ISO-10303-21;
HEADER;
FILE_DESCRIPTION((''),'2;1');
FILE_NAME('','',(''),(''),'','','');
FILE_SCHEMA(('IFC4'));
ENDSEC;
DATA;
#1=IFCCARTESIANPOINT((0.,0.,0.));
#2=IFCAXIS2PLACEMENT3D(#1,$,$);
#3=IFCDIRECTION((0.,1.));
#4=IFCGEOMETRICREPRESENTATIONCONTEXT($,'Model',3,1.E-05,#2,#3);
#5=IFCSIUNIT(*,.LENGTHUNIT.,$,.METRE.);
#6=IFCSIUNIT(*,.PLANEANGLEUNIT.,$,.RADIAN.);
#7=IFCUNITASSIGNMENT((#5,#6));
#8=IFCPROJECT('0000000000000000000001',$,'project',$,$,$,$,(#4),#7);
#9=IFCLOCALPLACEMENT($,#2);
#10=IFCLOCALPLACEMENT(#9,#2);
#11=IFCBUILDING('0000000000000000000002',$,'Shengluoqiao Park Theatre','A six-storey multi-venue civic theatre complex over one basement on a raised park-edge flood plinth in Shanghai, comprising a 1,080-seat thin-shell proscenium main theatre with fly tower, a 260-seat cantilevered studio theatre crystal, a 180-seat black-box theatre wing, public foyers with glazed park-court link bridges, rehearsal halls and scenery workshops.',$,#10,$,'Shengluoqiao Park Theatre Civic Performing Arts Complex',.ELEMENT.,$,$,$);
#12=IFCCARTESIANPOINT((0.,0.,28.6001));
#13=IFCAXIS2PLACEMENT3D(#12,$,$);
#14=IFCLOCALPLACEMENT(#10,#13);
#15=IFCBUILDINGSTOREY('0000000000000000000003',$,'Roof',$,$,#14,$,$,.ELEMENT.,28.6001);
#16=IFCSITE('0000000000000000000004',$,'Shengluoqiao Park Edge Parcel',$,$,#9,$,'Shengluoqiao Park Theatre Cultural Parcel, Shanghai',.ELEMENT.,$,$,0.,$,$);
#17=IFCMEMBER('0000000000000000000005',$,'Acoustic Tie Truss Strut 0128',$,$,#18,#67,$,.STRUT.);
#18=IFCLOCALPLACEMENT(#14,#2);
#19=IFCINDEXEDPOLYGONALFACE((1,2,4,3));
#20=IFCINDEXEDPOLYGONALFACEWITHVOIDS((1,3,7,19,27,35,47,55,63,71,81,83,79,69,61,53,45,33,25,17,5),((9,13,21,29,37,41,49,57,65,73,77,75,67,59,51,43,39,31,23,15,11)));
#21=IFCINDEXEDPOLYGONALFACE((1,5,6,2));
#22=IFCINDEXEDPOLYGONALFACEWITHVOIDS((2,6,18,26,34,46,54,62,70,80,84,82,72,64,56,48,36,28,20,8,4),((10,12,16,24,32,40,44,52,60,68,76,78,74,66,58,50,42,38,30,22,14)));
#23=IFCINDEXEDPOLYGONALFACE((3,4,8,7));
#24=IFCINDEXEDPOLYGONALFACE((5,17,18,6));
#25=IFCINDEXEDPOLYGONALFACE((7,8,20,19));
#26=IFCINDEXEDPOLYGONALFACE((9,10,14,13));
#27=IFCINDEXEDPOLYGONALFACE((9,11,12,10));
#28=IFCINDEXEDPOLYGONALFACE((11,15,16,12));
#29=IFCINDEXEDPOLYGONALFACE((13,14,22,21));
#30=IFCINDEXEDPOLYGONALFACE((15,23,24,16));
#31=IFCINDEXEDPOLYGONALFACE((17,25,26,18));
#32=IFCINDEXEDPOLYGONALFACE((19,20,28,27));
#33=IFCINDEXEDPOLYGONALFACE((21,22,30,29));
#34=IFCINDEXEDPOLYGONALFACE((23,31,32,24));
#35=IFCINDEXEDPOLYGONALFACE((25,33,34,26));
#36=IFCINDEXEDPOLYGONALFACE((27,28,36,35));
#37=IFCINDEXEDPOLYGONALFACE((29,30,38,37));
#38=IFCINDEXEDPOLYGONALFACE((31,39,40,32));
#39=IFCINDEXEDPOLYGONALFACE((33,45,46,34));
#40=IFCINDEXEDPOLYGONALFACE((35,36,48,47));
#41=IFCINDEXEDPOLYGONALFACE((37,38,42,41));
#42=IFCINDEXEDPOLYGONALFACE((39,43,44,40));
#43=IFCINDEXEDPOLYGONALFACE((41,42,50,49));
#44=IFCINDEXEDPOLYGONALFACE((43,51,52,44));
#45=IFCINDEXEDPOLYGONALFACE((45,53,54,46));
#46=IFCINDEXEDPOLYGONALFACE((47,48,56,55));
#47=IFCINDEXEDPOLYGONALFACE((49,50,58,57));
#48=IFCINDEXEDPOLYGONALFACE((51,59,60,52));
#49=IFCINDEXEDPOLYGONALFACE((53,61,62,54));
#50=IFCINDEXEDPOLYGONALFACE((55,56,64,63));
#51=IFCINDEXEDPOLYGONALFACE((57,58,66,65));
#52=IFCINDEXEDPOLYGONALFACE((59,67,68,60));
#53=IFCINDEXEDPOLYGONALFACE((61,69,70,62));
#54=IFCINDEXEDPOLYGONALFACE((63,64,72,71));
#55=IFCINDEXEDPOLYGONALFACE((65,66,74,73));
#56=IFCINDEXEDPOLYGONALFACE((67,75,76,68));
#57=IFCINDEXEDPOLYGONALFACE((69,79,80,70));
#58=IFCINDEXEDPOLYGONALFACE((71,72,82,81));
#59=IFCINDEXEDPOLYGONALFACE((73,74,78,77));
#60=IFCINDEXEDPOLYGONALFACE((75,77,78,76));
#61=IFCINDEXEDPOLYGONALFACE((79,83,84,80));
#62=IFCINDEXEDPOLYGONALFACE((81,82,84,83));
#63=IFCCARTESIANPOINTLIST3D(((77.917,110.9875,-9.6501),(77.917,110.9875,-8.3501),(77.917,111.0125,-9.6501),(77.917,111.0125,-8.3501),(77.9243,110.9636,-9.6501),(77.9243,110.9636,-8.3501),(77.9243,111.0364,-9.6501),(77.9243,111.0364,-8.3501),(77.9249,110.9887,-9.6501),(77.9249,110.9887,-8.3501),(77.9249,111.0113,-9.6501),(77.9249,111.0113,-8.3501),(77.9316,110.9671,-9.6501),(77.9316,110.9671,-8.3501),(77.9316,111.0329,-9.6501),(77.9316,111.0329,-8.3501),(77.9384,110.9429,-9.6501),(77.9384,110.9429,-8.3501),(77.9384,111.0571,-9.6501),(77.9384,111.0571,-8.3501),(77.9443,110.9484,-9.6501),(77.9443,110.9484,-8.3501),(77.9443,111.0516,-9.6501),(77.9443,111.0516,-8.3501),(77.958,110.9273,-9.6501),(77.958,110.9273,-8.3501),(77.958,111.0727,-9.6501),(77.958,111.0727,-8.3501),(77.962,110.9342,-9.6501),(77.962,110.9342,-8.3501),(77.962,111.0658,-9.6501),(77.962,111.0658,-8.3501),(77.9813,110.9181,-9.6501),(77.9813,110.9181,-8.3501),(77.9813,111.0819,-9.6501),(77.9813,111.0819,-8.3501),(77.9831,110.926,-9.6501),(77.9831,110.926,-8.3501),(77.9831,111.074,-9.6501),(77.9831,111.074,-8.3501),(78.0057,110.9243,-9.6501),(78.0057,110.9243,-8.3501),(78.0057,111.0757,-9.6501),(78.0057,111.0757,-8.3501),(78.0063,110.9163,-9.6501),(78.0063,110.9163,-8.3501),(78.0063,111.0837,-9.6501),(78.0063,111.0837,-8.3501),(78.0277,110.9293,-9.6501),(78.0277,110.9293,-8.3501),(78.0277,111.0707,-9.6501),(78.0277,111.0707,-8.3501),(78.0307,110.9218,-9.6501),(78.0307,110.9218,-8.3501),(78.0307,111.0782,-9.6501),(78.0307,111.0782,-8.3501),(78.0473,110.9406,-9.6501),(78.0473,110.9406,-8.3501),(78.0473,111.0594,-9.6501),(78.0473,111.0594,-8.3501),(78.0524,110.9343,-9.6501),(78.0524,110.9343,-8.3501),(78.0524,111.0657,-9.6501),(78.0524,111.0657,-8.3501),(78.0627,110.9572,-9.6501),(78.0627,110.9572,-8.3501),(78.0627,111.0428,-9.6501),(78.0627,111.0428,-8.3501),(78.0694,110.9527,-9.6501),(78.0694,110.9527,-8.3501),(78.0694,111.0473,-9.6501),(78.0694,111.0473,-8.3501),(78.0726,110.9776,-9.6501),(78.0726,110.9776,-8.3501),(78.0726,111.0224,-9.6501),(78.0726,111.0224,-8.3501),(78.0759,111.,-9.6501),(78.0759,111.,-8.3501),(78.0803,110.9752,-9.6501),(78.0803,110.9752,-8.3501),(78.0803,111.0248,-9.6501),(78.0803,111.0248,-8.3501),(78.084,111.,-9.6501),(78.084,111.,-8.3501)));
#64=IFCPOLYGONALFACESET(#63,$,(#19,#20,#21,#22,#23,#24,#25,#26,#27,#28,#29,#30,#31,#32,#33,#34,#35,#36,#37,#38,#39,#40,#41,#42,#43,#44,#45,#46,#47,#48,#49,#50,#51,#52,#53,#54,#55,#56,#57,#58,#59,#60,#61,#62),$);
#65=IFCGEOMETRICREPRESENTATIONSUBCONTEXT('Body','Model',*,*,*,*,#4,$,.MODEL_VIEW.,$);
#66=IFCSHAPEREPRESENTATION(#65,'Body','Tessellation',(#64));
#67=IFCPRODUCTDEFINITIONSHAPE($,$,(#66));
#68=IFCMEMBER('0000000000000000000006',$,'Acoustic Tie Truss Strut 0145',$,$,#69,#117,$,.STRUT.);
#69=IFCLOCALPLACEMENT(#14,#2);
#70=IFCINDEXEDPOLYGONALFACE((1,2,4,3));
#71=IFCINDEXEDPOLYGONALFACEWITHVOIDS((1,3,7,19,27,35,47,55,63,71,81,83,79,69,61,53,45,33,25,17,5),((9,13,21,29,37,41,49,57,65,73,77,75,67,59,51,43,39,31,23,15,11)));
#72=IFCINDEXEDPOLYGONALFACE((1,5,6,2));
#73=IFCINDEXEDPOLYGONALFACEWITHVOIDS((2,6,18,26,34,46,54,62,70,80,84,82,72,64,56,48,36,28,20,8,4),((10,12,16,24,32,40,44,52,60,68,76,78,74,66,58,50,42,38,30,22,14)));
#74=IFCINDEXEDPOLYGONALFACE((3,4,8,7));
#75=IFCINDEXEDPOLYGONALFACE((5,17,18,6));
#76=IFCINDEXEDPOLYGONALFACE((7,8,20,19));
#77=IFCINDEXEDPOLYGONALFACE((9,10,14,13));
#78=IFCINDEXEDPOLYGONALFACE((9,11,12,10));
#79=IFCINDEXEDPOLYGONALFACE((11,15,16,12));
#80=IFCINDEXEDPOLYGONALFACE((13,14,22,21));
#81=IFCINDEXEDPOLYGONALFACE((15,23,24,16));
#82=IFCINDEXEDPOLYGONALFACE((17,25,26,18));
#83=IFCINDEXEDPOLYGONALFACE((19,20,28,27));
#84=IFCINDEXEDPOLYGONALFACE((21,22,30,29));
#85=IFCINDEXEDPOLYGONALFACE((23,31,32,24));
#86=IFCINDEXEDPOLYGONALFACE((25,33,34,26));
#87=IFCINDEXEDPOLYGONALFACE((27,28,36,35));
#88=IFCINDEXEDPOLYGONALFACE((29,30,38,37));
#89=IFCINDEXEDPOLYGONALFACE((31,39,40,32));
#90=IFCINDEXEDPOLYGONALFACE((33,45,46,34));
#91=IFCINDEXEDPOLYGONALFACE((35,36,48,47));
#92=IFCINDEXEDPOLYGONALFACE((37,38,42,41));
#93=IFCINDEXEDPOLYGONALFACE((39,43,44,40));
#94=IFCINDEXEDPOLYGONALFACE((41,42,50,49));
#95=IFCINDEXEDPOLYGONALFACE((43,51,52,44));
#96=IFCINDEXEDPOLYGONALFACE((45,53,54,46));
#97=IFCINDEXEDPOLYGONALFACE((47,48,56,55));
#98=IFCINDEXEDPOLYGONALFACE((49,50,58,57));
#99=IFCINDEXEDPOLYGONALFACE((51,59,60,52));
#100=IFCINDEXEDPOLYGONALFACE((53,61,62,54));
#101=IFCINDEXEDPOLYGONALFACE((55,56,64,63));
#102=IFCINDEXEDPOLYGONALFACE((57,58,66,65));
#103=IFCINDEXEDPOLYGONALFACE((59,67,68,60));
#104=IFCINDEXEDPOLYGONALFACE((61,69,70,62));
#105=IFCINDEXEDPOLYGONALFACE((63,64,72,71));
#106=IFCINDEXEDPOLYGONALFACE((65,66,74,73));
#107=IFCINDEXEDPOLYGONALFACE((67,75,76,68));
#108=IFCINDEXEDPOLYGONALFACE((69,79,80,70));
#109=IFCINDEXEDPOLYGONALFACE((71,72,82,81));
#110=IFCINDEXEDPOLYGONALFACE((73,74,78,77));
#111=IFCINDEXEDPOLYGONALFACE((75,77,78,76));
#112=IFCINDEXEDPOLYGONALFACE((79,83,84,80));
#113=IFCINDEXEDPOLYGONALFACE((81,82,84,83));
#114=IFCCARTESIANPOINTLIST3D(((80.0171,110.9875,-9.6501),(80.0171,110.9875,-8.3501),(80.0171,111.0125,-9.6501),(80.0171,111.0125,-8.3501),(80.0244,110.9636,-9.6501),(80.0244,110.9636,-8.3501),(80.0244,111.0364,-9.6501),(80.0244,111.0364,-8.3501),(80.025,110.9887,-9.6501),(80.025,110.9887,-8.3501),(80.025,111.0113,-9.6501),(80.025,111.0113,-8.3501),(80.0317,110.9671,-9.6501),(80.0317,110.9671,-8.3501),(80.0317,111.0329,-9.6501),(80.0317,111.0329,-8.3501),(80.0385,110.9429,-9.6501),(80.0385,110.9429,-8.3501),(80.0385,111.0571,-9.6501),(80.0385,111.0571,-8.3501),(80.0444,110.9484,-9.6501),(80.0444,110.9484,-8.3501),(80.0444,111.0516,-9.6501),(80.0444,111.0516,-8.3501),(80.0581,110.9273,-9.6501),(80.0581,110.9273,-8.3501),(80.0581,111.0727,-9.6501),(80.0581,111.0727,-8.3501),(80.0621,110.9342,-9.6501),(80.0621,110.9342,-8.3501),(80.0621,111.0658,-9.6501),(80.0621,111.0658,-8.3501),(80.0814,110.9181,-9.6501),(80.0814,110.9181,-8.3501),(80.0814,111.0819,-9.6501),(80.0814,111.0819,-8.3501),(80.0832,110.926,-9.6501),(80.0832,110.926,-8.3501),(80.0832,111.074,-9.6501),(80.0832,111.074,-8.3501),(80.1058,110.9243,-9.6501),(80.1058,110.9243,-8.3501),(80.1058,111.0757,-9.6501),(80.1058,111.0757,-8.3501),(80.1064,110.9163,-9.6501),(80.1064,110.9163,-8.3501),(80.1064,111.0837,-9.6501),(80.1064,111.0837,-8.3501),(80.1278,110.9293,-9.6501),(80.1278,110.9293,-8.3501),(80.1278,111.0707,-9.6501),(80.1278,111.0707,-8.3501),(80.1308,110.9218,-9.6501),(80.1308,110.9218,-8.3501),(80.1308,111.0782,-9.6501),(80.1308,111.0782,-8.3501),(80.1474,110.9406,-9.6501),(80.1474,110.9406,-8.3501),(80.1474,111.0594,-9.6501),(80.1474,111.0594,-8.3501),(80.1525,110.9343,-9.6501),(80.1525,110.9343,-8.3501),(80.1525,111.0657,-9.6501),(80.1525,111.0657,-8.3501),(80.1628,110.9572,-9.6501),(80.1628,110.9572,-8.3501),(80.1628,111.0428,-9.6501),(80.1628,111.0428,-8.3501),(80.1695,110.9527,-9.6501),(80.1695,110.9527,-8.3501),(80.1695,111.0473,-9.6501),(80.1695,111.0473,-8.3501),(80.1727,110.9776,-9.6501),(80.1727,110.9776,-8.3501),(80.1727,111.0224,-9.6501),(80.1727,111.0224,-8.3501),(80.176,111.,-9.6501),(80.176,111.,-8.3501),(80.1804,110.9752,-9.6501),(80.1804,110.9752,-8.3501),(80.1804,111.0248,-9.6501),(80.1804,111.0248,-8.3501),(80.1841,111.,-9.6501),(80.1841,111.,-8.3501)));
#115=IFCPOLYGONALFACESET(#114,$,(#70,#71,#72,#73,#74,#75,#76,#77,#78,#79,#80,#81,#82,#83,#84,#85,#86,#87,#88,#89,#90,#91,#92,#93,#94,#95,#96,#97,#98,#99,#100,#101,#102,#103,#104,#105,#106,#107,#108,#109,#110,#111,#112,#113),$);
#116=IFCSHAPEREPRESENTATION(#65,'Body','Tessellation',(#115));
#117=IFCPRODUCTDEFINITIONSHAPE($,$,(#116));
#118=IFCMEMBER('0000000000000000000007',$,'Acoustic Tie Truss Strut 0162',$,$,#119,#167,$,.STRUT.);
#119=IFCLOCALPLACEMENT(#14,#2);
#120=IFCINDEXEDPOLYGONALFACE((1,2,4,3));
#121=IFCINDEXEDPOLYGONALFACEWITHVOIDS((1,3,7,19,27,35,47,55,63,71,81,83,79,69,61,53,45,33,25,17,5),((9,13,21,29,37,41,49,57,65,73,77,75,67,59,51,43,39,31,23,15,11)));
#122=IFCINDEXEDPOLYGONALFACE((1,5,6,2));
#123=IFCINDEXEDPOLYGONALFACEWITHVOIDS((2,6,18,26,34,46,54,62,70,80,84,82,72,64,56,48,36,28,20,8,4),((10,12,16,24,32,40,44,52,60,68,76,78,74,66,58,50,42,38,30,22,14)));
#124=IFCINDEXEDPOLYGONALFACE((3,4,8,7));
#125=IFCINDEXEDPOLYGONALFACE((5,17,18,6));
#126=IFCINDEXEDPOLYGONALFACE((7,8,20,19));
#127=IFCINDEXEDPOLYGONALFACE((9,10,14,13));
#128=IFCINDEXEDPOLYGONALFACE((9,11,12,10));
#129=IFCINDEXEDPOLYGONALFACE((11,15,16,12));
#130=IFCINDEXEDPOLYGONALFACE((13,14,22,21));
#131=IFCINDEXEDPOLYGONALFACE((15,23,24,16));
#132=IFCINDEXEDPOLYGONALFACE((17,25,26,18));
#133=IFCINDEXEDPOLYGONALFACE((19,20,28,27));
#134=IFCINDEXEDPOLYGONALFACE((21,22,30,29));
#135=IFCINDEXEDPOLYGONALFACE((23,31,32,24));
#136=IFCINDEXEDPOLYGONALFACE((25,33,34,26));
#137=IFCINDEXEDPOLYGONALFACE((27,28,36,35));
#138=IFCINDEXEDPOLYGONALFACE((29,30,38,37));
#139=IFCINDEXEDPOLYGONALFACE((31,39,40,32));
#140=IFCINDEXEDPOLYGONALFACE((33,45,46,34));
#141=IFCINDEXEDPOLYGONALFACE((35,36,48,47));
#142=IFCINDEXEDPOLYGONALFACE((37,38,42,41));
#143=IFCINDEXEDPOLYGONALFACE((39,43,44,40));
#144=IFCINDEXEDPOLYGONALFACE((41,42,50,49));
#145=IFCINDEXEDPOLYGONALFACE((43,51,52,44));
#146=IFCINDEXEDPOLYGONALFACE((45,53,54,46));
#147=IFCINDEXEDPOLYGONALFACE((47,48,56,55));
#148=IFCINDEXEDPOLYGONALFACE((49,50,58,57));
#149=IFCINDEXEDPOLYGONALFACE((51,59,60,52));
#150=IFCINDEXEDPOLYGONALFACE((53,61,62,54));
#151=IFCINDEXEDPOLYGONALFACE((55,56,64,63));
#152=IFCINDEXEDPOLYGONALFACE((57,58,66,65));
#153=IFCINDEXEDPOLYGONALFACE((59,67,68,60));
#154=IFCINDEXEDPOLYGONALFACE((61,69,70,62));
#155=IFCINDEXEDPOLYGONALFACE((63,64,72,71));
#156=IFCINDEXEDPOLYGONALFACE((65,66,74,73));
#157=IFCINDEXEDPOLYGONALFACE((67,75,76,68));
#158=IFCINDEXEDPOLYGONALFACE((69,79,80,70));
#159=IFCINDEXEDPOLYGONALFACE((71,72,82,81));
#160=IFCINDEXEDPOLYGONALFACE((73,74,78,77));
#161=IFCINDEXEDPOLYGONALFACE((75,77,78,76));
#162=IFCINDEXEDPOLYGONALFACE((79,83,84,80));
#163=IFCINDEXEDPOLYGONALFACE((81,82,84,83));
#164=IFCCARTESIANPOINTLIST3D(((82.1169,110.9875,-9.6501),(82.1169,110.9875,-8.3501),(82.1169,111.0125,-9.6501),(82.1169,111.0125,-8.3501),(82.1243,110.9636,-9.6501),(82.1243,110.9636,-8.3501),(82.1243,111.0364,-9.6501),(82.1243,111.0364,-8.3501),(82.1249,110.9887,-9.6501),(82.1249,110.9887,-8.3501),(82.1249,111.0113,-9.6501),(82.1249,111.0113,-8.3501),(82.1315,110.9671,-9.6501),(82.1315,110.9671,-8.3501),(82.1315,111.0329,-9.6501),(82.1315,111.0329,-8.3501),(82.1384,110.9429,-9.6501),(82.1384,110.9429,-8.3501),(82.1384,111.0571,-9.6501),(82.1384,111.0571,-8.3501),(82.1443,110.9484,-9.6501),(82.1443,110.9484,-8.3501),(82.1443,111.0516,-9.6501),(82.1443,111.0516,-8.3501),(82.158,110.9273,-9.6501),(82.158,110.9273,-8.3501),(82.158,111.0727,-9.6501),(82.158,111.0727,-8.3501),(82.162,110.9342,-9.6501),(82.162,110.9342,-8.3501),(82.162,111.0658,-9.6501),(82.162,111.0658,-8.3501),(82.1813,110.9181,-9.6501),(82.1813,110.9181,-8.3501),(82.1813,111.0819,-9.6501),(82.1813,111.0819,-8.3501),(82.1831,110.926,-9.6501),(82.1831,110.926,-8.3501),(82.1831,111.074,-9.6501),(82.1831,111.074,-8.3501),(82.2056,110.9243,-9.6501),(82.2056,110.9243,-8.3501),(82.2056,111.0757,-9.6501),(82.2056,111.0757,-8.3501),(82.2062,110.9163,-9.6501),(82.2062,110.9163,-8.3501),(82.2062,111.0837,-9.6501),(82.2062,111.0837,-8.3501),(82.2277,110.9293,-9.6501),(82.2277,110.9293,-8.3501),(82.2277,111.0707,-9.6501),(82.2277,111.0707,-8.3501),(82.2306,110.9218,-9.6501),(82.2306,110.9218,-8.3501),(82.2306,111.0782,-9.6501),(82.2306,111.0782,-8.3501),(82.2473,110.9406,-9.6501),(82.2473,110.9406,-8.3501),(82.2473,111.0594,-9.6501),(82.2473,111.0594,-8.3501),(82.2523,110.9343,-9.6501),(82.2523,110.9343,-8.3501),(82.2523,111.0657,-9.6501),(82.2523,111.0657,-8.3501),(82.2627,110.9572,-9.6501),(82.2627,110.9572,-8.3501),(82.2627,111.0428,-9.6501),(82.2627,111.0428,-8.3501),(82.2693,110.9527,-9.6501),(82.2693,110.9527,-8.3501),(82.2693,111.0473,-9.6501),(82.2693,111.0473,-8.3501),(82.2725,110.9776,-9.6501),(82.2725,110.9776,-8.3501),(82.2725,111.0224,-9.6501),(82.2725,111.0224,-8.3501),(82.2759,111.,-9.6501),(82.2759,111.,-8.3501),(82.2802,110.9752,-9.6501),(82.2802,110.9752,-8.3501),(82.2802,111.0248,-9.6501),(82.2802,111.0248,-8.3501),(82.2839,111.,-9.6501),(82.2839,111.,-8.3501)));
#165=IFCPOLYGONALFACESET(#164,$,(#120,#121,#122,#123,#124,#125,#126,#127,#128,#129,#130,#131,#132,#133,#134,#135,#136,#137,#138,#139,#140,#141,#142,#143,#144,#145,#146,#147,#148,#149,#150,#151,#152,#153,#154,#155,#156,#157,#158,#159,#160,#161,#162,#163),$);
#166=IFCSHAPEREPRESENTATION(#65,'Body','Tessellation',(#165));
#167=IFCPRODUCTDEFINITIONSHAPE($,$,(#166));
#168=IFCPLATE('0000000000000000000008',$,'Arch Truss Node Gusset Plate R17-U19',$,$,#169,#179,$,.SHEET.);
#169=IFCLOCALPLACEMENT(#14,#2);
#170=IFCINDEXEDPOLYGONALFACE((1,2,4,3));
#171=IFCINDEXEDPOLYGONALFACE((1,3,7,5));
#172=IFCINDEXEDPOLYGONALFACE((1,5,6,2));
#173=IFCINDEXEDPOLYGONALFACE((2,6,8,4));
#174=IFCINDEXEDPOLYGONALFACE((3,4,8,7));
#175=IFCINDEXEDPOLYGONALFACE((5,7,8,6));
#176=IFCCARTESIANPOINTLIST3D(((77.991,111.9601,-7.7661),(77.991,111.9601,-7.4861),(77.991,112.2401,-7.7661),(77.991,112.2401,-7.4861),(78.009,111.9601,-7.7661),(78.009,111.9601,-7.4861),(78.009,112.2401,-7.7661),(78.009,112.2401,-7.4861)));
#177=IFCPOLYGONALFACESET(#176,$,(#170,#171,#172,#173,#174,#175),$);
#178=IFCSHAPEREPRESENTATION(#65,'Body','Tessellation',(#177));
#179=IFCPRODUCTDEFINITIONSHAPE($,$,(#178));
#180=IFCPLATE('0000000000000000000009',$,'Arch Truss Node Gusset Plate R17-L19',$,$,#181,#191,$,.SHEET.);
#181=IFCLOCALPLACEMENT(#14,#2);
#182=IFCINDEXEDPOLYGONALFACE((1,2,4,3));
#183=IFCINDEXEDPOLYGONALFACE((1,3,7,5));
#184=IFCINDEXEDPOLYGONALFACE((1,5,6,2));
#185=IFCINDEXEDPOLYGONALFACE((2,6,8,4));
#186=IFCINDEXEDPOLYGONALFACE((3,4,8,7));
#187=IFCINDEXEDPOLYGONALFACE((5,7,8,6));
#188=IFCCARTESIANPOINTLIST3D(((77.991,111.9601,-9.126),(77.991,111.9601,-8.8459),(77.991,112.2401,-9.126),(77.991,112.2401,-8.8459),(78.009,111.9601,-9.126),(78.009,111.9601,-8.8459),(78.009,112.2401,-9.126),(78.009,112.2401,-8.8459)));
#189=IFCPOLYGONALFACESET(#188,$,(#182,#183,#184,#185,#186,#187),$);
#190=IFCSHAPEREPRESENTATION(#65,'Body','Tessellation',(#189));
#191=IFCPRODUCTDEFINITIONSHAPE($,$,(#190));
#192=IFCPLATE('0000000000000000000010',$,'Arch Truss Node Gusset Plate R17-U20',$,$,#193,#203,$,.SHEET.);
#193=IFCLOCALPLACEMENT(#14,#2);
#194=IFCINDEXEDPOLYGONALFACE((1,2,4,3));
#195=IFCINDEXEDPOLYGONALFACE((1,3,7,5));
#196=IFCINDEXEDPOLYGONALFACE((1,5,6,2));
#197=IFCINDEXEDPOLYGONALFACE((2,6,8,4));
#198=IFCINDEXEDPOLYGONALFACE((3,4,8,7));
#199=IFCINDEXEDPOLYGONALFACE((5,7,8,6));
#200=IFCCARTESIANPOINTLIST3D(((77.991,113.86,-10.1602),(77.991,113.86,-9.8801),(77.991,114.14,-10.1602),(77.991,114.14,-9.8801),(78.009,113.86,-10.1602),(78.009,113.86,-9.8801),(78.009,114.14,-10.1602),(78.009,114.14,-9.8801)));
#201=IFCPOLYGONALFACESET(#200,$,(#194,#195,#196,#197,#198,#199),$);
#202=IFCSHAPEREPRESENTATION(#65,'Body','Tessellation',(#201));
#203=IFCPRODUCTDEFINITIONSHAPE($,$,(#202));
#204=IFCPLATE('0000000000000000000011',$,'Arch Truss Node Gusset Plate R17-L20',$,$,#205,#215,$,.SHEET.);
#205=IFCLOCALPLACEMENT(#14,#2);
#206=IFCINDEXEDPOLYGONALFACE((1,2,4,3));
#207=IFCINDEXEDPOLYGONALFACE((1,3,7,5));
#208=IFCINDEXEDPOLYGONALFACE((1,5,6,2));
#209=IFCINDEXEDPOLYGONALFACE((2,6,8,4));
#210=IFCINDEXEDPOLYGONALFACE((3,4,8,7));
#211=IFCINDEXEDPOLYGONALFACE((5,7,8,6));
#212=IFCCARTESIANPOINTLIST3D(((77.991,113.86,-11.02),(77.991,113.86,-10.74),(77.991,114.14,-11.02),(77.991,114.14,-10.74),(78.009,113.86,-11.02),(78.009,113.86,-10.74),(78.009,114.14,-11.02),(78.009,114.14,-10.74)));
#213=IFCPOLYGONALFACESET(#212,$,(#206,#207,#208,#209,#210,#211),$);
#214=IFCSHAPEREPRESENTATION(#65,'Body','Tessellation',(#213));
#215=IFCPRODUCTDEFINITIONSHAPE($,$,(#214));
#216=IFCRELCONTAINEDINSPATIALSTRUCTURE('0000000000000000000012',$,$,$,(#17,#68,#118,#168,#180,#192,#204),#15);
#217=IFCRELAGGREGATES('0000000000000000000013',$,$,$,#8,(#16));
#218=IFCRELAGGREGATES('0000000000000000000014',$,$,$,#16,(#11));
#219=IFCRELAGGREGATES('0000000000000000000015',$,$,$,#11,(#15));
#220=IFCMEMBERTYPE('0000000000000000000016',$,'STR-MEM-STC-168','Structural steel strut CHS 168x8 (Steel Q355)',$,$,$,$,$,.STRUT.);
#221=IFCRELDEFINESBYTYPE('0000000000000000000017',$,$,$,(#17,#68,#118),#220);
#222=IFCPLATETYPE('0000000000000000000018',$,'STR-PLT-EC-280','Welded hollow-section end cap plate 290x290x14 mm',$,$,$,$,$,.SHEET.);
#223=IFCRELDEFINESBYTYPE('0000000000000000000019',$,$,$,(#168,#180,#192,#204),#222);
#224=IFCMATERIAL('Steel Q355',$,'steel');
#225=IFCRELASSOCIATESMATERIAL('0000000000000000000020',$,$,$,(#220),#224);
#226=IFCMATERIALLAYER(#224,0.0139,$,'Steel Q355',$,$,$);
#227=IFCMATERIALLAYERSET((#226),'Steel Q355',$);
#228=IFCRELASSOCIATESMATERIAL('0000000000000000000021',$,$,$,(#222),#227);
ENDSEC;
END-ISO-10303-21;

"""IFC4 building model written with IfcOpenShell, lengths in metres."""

from ifc_helpers import new_model, si_unit, direction, frame, origin, origin_2d, place, context, subcontext, project, spatial, rectangle, hollow_circle, extrude, material, layer, layer_set, material_profile, profile_set, type_object, element, save


model = new_model("IFC4")

# Units and contexts
model_context = context("Model", 3, precision=1e-05, world=origin(), true_north=direction((0.0, 1.0)))
body_context = subcontext(model_context, "Body", "Model", "MODEL_VIEW")
ifc_project = project(units=[si_unit("LENGTHUNIT", "METRE"), si_unit("PLANEANGLEUNIT", "RADIAN")], contexts=[model_context])

# Site, building, storey
site_placement = place(None, origin())
site = spatial("IfcSite", under=ifc_project, at=site_placement, Name="Shengluoqiao Park Edge Parcel", LongName="Shengluoqiao Park Theatre Cultural Parcel, Shanghai", CompositionType="ELEMENT", RefElevation=0.0)
building_placement = place(site_placement, origin())
building = spatial("IfcBuilding", under=site, at=building_placement, Name="Shengluoqiao Park Theatre", Description="A six-storey multi-venue civic theatre complex over one basement on a raised park-edge flood plinth in Shanghai, comprising a 1,080-seat thin-shell proscenium main theatre with fly tower, a 260-seat cantilevered studio theatre crystal, a 180-seat black-box theatre wing, public foyers with glazed park-court link bridges, rehearsal halls and scenery workshops.", LongName="Shengluoqiao Park Theatre Civic Performing Arts Complex", CompositionType="ELEMENT")
storey_placement = place(building_placement, frame((0.0, 0.0, 28.6001)))
storey = spatial("IfcBuildingStorey", under=building, at=storey_placement, Name="Roof", CompositionType="ELEMENT", Elevation=28.6001)

# Shared definitions
ifc_material_1 = material(Name="Steel Q355", Category="steel")

# Members
ifc_material_profile_1 = material_profile(ifc_material_1, hollow_circle(Radius=0.084, WallThickness=0.0081, at=origin_2d()), Name="CHS 168x8")
ifc_profile_set_1 = profile_set([ifc_material_profile_1], Name="Steel Q355")
member_type_1 = type_object("IfcMemberType", Name="STR-MEM-STC-168", Description="Structural steel strut CHS 168x8 (Steel Q355)", PredefinedType="STRUT", material=ifc_profile_set_1)
for number, where, z_axis, x_axis, name in (
    (1, (78.0, 111.0, -9.6501), (0.0, 0.0, 1.0), (1.0, 0.0, 0.0), "Acoustic Tie Truss Strut 0128"),
    (2, (80.1001, 111.0, -9.6501), (0.0, 0.0, 1.0), (1.0, 0.0, 0.0), "Acoustic Tie Truss Strut 0145"),
    (3, (82.2, 111.0, -9.6501), (0.0, 0.0, 1.0), (1.0, 0.0, 0.0), "Acoustic Tie Truss Strut 0162"),
):
    element("IfcMember", number, at=place(storey_placement, frame(where, z_axis=z_axis, x_axis=x_axis)), inside=storey, type_object=member_type_1, Name=name, PredefinedType="STRUT", context=body_context, shape_type="SweptSolid", body=[
        extrude(hollow_circle(Radius=0.084, WallThickness=0.0081, at=origin_2d()), origin(), (0.0, 0.0, 1.0), 1.3),
    ])

# Plates
ifc_layer_1 = layer(ifc_material_1, 0.0139, Name="Steel Q355")
ifc_layer_set_1 = layer_set([ifc_layer_1], Name="Steel Q355")
plate_type_1 = type_object("IfcPlateType", Name="STR-PLT-EC-280", Description="Welded hollow-section end cap plate 290x290x14 mm", PredefinedType="SHEET", material=ifc_layer_set_1)
for number, where, z_axis, x_axis, name in (
    (4, (78.0, 112.1001, -7.7661), (0.0, 0.0, 1.0), (1.0, 0.0, 0.0), "Arch Truss Node Gusset Plate R17-U19"),
    (5, (78.0, 112.1001, -9.126), (0.0, 0.0, 1.0), (1.0, 0.0, 0.0), "Arch Truss Node Gusset Plate R17-L19"),
    (6, (78.0, 114.0, -10.1602), (0.0, 0.0, 1.0), (1.0, 0.0, 0.0), "Arch Truss Node Gusset Plate R17-U20"),
    (7, (78.0, 114.0, -11.02), (0.0, 0.0, 1.0), (1.0, 0.0, 0.0), "Arch Truss Node Gusset Plate R17-L20"),
):
    element("IfcPlate", number, at=place(storey_placement, frame(where, z_axis=z_axis, x_axis=x_axis)), inside=storey, type_object=plate_type_1, Name=name, PredefinedType="SHEET", context=body_context, shape_type="SweptSolid", body=[
        extrude(rectangle(XDim=0.0181, YDim=0.28, at=origin_2d()), origin(), (0.0, 0.0, 1.0), 0.28),
    ])

save(model, "model.ifc")
